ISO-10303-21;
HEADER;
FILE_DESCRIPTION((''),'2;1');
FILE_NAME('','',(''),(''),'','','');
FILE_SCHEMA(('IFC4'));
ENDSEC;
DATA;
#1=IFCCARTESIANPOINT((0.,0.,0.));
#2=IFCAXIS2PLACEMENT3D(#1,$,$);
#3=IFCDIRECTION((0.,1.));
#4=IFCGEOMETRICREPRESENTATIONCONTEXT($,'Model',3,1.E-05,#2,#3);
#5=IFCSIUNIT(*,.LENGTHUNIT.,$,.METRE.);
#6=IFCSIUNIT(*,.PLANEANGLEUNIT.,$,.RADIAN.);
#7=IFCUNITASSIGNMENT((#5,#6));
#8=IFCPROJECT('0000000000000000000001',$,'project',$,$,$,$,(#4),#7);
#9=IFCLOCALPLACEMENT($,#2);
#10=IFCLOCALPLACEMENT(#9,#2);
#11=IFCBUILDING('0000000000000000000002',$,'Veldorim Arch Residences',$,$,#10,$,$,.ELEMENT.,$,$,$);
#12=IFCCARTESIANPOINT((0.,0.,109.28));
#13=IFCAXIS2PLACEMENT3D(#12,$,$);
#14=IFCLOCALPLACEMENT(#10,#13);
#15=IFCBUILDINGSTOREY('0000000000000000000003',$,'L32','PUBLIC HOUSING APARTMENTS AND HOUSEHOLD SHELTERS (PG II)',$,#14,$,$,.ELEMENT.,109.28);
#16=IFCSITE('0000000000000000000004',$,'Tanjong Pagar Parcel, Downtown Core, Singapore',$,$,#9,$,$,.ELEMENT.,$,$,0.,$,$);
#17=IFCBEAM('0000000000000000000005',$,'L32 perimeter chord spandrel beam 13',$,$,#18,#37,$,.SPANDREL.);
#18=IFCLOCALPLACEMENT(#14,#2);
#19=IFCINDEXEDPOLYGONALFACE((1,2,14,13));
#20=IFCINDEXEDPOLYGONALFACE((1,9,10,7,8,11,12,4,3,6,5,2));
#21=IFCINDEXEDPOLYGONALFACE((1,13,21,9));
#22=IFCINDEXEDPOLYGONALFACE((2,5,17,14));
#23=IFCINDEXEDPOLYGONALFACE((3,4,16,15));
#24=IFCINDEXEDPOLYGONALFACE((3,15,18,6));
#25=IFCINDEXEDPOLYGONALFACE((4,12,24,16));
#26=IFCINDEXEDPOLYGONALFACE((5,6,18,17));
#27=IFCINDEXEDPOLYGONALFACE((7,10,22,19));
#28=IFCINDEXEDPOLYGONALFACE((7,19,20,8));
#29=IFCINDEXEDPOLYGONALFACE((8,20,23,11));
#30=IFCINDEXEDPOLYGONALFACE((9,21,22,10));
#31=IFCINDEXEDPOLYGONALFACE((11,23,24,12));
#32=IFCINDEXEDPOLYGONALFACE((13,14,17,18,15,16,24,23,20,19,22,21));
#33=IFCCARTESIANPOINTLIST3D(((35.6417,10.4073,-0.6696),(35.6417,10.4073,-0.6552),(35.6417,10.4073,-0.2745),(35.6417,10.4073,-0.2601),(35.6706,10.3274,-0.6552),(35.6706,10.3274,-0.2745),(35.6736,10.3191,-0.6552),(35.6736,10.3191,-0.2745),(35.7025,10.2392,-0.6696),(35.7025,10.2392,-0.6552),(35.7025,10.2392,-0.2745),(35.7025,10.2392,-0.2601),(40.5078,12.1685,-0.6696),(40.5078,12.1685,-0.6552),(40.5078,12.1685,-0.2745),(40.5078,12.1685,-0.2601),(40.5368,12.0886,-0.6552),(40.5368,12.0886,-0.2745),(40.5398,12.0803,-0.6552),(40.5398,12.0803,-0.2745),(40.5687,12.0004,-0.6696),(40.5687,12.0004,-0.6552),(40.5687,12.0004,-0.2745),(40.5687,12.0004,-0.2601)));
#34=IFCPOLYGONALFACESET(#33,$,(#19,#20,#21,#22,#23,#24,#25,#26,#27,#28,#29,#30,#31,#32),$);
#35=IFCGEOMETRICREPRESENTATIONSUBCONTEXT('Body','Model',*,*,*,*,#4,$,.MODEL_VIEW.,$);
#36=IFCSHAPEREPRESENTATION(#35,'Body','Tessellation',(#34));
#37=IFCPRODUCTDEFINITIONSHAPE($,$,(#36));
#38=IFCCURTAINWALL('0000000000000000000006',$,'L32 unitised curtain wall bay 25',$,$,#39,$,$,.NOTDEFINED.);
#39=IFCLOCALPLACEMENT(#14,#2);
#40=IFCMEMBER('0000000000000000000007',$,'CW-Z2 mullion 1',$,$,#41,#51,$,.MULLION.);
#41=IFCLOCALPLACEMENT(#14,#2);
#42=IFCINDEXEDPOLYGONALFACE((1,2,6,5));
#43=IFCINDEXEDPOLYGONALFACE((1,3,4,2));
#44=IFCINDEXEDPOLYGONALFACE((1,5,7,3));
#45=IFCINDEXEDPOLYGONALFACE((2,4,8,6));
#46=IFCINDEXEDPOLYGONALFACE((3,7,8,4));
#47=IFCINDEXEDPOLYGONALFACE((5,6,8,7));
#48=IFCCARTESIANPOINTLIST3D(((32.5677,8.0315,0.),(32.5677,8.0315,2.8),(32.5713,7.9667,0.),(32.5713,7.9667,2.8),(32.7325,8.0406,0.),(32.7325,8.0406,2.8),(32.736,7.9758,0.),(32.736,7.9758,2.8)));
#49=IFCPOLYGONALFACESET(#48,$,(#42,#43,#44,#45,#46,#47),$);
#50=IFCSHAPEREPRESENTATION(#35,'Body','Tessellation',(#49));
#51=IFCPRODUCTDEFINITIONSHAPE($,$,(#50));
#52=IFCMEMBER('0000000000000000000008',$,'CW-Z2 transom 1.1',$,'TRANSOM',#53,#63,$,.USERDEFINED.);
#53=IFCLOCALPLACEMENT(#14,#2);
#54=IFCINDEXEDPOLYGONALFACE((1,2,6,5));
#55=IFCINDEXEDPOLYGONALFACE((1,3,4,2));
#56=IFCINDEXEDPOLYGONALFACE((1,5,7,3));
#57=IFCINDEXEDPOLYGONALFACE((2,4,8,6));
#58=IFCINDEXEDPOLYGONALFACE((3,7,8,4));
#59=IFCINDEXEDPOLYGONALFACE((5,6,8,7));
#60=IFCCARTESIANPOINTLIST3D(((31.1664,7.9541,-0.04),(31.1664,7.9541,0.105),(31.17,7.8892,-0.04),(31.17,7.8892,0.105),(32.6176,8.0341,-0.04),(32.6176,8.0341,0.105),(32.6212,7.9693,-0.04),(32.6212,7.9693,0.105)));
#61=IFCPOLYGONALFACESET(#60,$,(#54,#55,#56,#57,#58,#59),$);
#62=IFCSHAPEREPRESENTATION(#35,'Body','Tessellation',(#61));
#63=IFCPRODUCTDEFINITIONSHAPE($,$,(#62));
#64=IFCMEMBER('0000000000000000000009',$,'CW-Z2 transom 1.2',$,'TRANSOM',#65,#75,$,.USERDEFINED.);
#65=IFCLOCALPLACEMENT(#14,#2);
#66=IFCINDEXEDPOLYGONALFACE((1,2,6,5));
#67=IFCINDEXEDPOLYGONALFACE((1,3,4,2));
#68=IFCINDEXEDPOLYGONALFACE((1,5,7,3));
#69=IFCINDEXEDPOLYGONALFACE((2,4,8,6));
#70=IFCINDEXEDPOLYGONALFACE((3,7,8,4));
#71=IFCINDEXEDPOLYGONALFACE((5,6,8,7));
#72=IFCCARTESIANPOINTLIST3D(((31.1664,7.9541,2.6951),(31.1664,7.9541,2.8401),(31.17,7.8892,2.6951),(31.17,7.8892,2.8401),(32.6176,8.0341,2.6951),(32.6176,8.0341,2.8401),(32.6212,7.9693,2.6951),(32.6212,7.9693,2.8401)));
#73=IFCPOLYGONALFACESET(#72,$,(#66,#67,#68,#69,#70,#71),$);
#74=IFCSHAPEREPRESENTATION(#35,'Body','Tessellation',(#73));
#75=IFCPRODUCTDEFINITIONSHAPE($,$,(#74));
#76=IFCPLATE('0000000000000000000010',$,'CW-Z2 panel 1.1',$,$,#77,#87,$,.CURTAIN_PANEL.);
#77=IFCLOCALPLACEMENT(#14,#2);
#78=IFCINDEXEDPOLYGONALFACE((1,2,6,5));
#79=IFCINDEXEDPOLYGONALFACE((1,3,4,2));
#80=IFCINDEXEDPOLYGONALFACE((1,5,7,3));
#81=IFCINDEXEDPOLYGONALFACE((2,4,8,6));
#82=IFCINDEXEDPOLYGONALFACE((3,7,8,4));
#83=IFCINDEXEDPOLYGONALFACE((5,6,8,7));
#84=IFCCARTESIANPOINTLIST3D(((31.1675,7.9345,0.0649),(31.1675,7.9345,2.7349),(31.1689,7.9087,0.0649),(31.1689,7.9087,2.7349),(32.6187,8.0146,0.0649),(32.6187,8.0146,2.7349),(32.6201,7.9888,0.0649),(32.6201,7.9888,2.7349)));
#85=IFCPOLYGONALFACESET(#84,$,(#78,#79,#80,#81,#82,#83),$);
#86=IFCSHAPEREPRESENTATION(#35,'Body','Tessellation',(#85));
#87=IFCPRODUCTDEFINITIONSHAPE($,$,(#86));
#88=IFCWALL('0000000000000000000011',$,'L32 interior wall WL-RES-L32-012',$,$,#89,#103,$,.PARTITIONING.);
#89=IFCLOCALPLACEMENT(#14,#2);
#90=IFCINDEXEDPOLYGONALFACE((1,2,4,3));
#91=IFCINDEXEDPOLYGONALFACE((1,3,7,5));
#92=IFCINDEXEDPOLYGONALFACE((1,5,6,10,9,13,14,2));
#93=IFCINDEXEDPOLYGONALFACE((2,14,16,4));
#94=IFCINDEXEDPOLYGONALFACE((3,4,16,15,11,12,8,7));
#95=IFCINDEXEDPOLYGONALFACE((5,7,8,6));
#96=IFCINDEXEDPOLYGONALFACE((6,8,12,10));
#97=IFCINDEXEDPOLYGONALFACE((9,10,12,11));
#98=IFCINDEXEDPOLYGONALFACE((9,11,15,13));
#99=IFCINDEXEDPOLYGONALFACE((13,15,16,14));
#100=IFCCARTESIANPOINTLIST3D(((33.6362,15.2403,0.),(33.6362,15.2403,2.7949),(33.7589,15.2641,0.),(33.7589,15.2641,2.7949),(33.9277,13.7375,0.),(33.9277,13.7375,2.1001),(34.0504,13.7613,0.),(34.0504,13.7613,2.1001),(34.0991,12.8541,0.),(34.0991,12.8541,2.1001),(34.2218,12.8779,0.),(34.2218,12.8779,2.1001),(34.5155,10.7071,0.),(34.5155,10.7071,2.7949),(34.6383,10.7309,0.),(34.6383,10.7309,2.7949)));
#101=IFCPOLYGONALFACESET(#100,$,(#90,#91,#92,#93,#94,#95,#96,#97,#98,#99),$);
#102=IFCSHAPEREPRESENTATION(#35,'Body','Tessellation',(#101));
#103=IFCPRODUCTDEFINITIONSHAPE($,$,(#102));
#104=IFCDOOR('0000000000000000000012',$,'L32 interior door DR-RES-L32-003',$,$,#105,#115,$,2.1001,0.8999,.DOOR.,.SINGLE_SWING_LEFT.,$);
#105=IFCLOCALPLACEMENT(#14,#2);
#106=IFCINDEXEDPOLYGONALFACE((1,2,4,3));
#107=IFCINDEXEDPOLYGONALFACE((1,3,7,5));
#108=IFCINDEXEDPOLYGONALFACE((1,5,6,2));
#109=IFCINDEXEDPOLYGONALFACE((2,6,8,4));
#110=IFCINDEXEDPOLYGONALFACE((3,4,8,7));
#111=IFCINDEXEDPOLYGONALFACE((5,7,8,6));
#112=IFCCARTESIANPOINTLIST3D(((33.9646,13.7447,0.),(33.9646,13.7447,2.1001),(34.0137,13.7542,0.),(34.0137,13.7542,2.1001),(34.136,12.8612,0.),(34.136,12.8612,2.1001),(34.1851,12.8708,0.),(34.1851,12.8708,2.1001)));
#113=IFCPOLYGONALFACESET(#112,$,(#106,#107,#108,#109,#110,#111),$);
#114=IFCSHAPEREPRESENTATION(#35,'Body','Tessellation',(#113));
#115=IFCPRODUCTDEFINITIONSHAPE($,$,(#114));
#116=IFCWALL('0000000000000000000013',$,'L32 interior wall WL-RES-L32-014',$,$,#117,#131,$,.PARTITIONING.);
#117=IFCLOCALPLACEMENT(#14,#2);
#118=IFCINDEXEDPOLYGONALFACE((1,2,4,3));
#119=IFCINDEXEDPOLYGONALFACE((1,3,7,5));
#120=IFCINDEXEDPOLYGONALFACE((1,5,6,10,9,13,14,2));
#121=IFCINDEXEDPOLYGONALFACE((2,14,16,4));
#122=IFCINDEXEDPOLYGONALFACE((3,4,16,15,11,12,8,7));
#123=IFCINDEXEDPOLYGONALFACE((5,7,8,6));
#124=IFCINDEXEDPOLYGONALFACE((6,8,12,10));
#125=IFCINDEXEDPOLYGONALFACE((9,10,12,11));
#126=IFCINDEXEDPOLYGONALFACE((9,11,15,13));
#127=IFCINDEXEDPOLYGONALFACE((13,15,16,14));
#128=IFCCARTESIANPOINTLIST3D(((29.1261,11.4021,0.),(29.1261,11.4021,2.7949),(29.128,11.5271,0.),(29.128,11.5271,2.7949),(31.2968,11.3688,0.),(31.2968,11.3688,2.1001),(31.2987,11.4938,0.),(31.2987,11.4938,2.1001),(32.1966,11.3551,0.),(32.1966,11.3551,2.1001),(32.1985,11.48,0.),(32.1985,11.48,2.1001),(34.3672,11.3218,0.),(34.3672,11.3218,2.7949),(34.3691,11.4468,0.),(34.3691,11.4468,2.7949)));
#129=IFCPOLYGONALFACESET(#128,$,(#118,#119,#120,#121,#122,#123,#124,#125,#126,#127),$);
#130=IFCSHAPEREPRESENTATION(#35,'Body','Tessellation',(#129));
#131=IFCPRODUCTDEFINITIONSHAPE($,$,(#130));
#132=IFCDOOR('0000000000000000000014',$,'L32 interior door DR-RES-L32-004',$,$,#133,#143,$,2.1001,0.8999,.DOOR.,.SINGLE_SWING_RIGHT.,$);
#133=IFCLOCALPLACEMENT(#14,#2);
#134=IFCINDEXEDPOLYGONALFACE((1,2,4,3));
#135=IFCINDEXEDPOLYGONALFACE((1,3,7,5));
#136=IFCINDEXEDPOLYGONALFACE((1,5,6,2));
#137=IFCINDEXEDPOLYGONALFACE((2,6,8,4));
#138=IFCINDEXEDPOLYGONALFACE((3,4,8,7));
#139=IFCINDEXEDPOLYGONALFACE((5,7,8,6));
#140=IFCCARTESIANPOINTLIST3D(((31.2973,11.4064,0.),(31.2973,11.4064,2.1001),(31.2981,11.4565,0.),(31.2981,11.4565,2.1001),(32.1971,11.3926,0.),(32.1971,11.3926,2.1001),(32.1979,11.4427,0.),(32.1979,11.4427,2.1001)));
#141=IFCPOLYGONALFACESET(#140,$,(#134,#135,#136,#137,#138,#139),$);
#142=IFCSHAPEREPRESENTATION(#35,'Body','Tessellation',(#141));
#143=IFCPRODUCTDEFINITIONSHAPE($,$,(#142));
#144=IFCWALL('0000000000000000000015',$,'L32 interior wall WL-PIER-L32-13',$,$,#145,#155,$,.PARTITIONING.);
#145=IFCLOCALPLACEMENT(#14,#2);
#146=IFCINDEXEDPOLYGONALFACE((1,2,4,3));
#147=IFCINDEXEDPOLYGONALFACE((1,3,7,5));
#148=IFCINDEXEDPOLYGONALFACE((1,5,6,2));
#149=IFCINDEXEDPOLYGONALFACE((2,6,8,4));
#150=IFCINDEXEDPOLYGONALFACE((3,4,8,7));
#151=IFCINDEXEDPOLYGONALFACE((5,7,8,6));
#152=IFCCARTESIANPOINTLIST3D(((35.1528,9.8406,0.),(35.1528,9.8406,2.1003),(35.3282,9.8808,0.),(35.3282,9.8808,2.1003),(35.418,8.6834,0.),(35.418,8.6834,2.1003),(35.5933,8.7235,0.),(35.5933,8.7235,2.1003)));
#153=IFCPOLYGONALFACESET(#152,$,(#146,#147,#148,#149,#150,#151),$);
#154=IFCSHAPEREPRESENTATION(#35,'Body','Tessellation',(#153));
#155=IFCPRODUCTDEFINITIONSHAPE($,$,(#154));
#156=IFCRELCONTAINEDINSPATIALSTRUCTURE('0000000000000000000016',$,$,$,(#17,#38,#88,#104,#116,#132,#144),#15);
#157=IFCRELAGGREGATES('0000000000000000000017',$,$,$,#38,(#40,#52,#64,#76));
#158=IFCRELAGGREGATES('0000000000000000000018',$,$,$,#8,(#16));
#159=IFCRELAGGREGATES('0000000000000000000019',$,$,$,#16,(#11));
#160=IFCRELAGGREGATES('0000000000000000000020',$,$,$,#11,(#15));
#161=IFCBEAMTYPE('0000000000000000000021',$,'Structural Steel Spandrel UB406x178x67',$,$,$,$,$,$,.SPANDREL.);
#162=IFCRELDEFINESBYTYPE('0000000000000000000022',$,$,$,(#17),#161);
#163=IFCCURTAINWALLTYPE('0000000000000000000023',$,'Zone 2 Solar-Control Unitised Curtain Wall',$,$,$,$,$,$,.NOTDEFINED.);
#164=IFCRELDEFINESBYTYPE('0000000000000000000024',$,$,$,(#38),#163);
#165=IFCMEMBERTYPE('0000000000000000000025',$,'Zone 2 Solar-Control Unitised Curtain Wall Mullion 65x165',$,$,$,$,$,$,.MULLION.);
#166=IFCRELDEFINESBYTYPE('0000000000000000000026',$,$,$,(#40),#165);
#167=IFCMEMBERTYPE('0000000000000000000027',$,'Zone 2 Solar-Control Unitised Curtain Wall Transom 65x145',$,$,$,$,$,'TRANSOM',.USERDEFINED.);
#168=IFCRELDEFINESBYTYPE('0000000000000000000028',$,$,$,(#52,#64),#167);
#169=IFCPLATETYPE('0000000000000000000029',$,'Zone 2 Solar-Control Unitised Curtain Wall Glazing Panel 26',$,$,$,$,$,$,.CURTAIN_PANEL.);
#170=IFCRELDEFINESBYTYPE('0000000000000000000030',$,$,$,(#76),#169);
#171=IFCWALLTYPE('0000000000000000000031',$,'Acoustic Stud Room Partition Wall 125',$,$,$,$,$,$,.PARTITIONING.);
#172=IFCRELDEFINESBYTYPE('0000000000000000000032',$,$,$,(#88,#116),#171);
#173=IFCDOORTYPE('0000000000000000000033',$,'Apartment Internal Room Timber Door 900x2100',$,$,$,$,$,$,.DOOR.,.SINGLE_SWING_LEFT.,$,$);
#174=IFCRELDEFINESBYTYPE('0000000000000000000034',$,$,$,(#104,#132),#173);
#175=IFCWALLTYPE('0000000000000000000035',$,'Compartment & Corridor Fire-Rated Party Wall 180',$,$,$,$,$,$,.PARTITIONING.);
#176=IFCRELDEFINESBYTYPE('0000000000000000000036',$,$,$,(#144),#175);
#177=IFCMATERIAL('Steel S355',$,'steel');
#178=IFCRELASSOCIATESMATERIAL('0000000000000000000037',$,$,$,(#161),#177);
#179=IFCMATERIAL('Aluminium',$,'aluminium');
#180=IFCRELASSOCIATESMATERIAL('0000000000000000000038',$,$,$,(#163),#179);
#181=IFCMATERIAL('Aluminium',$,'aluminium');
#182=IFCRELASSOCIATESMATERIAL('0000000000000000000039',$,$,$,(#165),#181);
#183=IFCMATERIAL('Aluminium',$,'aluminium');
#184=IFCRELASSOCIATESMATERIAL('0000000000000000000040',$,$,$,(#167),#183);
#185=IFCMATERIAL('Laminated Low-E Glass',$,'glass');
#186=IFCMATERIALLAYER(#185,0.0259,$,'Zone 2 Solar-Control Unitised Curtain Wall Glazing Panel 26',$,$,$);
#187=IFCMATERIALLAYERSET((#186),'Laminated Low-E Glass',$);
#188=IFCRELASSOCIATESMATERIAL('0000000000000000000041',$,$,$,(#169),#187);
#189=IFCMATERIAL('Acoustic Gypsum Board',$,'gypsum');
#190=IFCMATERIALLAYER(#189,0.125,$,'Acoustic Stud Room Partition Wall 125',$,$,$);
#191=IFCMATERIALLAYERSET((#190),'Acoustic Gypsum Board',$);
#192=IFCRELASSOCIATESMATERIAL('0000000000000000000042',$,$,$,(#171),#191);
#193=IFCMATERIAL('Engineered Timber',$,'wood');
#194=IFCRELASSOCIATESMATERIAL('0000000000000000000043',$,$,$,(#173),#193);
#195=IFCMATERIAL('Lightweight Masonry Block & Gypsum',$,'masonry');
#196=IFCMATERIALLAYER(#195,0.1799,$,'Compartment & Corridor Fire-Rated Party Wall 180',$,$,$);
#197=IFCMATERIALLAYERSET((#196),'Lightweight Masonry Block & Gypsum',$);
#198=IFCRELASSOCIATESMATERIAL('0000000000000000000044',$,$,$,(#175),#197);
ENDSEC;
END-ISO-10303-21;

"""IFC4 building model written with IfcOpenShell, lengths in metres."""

from ifc_helpers import new_model, si_unit, direction, frame, frame_2d, origin, origin_2d, place, context, subcontext, project, spatial, rectangle, i_section, extrude, material, layer, layer_set, material_profile, profile_set, type_object, element, fill, aggregate, save


model = new_model("IFC4")

# Units and contexts
model_context = context("Model", 3, precision=1e-05, world=origin(), true_north=direction((0.0, 1.0)))
body_context = subcontext(model_context, "Body", "Model", "MODEL_VIEW")
ifc_project = project(units=[si_unit("LENGTHUNIT", "METRE"), si_unit("PLANEANGLEUNIT", "RADIAN")], contexts=[model_context])

# Site, building, storey
site_placement = place(None, origin())
site = spatial("IfcSite", under=ifc_project, at=site_placement, Name="Tanjong Pagar Parcel, Downtown Core, Singapore", CompositionType="ELEMENT", RefElevation=0.0)
building_placement = place(site_placement, origin())
building = spatial("IfcBuilding", under=site, at=building_placement, Name="Veldorim Arch Residences", CompositionType="ELEMENT")
storey_placement = place(building_placement, frame((0.0, 0.0, 109.28)))
storey = spatial("IfcBuildingStorey", under=building, at=storey_placement, Name="L32", Description="PUBLIC HOUSING APARTMENTS AND HOUSEHOLD SHELTERS (PG II)", CompositionType="ELEMENT", Elevation=109.28)

# Beam
ifc_material_1 = material(Name="Steel S355", Category="steel")
ifc_material_profile_1 = material_profile(ifc_material_1, i_section(OverallWidth=0.1787, OverallDepth=0.4094, WebThickness=0.0088, FlangeThickness=0.0144, at=origin_2d()), Name="UB406x178x67")
ifc_profile_set_1 = profile_set([ifc_material_profile_1], Name="Steel S355")
beam_type_1 = type_object("IfcBeamType", Name="Structural Steel Spandrel UB406x178x67", PredefinedType="SPANDREL", material=ifc_profile_set_1)
beam_1_placement = place(storey_placement, frame((35.6721, 10.3232, -0.4648), z_axis=(0.940308, 0.340326, 0.0), x_axis=(-0.340326, 0.940308, 0.0)))
element("IfcBeam", 1, at=beam_1_placement, inside=storey, type_object=beam_type_1, Name="L32 perimeter chord spandrel beam 13", PredefinedType="SPANDREL", context=body_context, shape_type="SweptSolid", body=[
    extrude(i_section(OverallWidth=0.1787, OverallDepth=0.4094, WebThickness=0.0088, FlangeThickness=0.0144, at=origin_2d()), origin(), (0.0, 0.0, 1.0), 5.175),
])

# Curtain wall, members, plate
ifc_material_2 = material(Name="Aluminium", Category="aluminium")
curtain_wall_type = type_object("IfcCurtainWallType", Name="Zone 2 Solar-Control Unitised Curtain Wall", PredefinedType="NOTDEFINED", material=ifc_material_2)
curtain_wall_placement = place(storey_placement, origin())
curtain_wall = element("IfcCurtainWall", 2, at=curtain_wall_placement, inside=storey, type_object=curtain_wall_type, Name="L32 unitised curtain wall bay 25", PredefinedType="NOTDEFINED")
ifc_material_3 = material(Name="Aluminium", Category="aluminium")
ifc_material_profile_2 = material_profile(ifc_material_3, rectangle(XDim=0.0649, YDim=0.165, at=origin_2d()), Name="ALU_MUL_65x165")
ifc_profile_set_2 = profile_set([ifc_material_profile_2], Name="Aluminium")
member_type_1 = type_object("IfcMemberType", Name="Zone 2 Solar-Control Unitised Curtain Wall Mullion 65x165", PredefinedType="MULLION", material=ifc_profile_set_2)
member_1_placement = place(storey_placement, frame((32.6519, 8.0037, 0.0), z_axis=(0.0, 0.0, 1.0), x_axis=(0.055127, -0.998479, 0.0)))
member_1 = element("IfcMember", 3, at=member_1_placement, type_object=member_type_1, Name="CW-Z2 mullion 1", PredefinedType="MULLION", context=body_context, shape_type="SweptSolid", body=[
    extrude(rectangle(XDim=0.0649, YDim=0.165, at=origin_2d()), origin(), (0.0, 0.0, 1.0), 2.8),
])
ifc_material_4 = material(Name="Aluminium", Category="aluminium")
ifc_material_profile_3 = material_profile(ifc_material_4, rectangle(XDim=0.0649, YDim=0.145, at=origin_2d()), Name="ALU_TRN_65x145")
ifc_profile_set_3 = profile_set([ifc_material_profile_3], Name="Aluminium")
member_type_2 = type_object("IfcMemberType", Name="Zone 2 Solar-Control Unitised Curtain Wall Transom 65x145", ElementType="TRANSOM", PredefinedType="USERDEFINED", material=ifc_profile_set_3)
member_2_placement = place(storey_placement, frame((32.6194, 8.0017, 0.0325), z_axis=(-0.998481, -0.055098, 0.0), x_axis=(0.055098, -0.998481, 0.0)))
member_2 = element("IfcMember", 4, at=member_2_placement, type_object=member_type_2, Name="CW-Z2 transom 1.1", ObjectType="TRANSOM", PredefinedType="USERDEFINED", context=body_context, shape_type="SweptSolid", body=[
    extrude(rectangle(XDim=0.0649, YDim=0.145, at=origin_2d()), origin(), (0.0, 0.0, 1.0), 1.4534),
])
member_3_placement = place(storey_placement, frame((32.6194, 8.0017, 2.7676), z_axis=(-0.998481, -0.055098, 0.0), x_axis=(0.055098, -0.998481, 0.0)))
member_3 = element("IfcMember", 5, at=member_3_placement, type_object=member_type_2, Name="CW-Z2 transom 1.2", ObjectType="TRANSOM", PredefinedType="USERDEFINED", context=body_context, shape_type="SweptSolid", body=[
    extrude(rectangle(XDim=0.0649, YDim=0.145, at=origin_2d()), origin(), (0.0, 0.0, 1.0), 1.4534),
])
ifc_material_5 = material(Name="Laminated Low-E Glass", Category="glass")
ifc_layer_1 = layer(ifc_material_5, 0.0259, Name="Zone 2 Solar-Control Unitised Curtain Wall Glazing Panel 26")
ifc_layer_set_1 = layer_set([ifc_layer_1], Name="Laminated Low-E Glass")
plate_type = type_object("IfcPlateType", Name="Zone 2 Solar-Control Unitised Curtain Wall Glazing Panel 26", PredefinedType="CURTAIN_PANEL", material=ifc_layer_set_1)
plate_placement = place(storey_placement, frame((31.8938, 7.9617, 0.0649), z_axis=(0.0, 0.0, 1.0), x_axis=(-0.998479, -0.055127, 0.0)))
plate = element("IfcPlate", 6, at=plate_placement, type_object=plate_type, Name="CW-Z2 panel 1.1", PredefinedType="CURTAIN_PANEL", context=body_context, shape_type="SweptSolid", body=[
    extrude(rectangle(XDim=1.4534, YDim=0.0259, at=origin_2d()), origin(), (0.0, 0.0, 1.0), 2.6699),
])
aggregate(curtain_wall, [member_1, member_2, member_3, plate])

# Walls, openings, doors
ifc_material_6 = material(Name="Acoustic Gypsum Board", Category="gypsum")
ifc_layer_2 = layer(ifc_material_6, 0.125, Name="Acoustic Stud Room Partition Wall 125")
ifc_layer_set_2 = layer_set([ifc_layer_2], Name="Acoustic Gypsum Board")
wall_type_1 = type_object("IfcWallType", Name="Acoustic Stud Room Partition Wall 125", PredefinedType="PARTITIONING", material=ifc_layer_set_2)
wall_1_placement = place(storey_placement, frame((34.5769, 10.719, 0.0), z_axis=(0.0, 0.0, 1.0), x_axis=(-0.190439, 0.981699, 0.0)))
wall_1 = element("IfcWall", 7, at=wall_1_placement, inside=storey, type_object=wall_type_1, Name="L32 interior wall WL-RES-L32-012", PredefinedType="PARTITIONING", context=body_context, shape_type="SweptSolid", body=[
    extrude(rectangle(XDim=4.6177, YDim=0.125, at=frame_2d((2.3088, 0.0))), origin(), (0.0, 0.0, 1.0), 2.7949),
])
opening_1_placement = place(wall_1_placement, frame((2.187, 0.0, 0.0)))
opening_1 = element("IfcOpeningElement", 8, at=opening_1_placement, cuts=wall_1, PredefinedType="OPENING", context=body_context, shape_type="SweptSolid", body=[
    extrude(rectangle(XDim=0.8999, YDim=2.1001, at=frame_2d((0.45, 1.05))), frame((0.0, 0.0725, 0.0), z_axis=(0.0, -1.0, 0.0), x_axis=(1.0, 0.0, 0.0)), (0.0, 0.0, 1.0), 0.145),
])
ifc_material_7 = material(Name="Engineered Timber", Category="wood")
door_type_1 = type_object("IfcDoorType", Name="Apartment Internal Room Timber Door 900x2100", OperationType="SINGLE_SWING_LEFT", PredefinedType="DOOR", material=ifc_material_7)
door_1_placement = place(opening_1_placement, origin())
door_1 = element("IfcDoor", 9, at=door_1_placement, inside=storey, type_object=door_type_1, Name="L32 interior door DR-RES-L32-003", OperationType="SINGLE_SWING_LEFT", OverallHeight=2.1001, OverallWidth=0.8999, PredefinedType="DOOR", context=body_context, shape_type="SweptSolid", body=[
    extrude(rectangle(XDim=0.8999, YDim=2.1001, at=frame_2d((0.45, 1.05))), frame((0.0, 0.0249, 0.0), z_axis=(0.0, -1.0, 0.0), x_axis=(1.0, 0.0, 0.0)), (0.0, 0.0, 1.0), 0.05),
])
fill(opening_1, door_1)
wall_2_placement = place(storey_placement, frame((34.3682, 11.3843, 0.0), z_axis=(0.0, 0.0, 1.0), x_axis=(-0.999883, 0.015324, 0.0)))
wall_2 = element("IfcWall", 10, at=wall_2_placement, inside=storey, type_object=wall_type_1, Name="L32 interior wall WL-RES-L32-014", PredefinedType="PARTITIONING", context=body_context, shape_type="SweptSolid", body=[
    extrude(rectangle(XDim=5.2417, YDim=0.125, at=frame_2d((2.6208, 0.0))), origin(), (0.0, 0.0, 1.0), 2.7949),
])
opening_2_placement = place(wall_2_placement, frame((2.1709, 0.0, 0.0)))
opening_2 = element("IfcOpeningElement", 11, at=opening_2_placement, cuts=wall_2, PredefinedType="OPENING", context=body_context, shape_type="SweptSolid", body=[
    extrude(rectangle(XDim=0.8999, YDim=2.1001, at=frame_2d((0.45, 1.05))), frame((0.0, 0.0725, 0.0), z_axis=(0.0, -1.0, 0.0), x_axis=(1.0, 0.0, 0.0)), (0.0, 0.0, 1.0), 0.145),
])
door_2_placement = place(opening_2_placement, origin())
door_2 = element("IfcDoor", 12, at=door_2_placement, inside=storey, type_object=door_type_1, Name="L32 interior door DR-RES-L32-004", OperationType="SINGLE_SWING_RIGHT", OverallHeight=2.1001, OverallWidth=0.8999, PredefinedType="DOOR", context=body_context, shape_type="SweptSolid", body=[
    extrude(rectangle(XDim=0.8999, YDim=2.1001, at=frame_2d((0.45, 1.05))), frame((0.0, 0.0249, 0.0), z_axis=(0.0, -1.0, 0.0), x_axis=(1.0, 0.0, 0.0)), (0.0, 0.0, 1.0), 0.05),
])
fill(opening_2, door_2)

# Wall
ifc_material_8 = material(Name="Lightweight Masonry Block & Gypsum", Category="masonry")
ifc_layer_3 = layer(ifc_material_8, 0.1799, Name="Compartment & Corridor Fire-Rated Party Wall 180")
ifc_layer_set_3 = layer_set([ifc_layer_3], Name="Lightweight Masonry Block & Gypsum")
wall_type_2 = type_object("IfcWallType", Name="Compartment & Corridor Fire-Rated Party Wall 180", PredefinedType="PARTITIONING", material=ifc_layer_set_3)
wall_3_placement = place(storey_placement, frame((35.2405, 9.8608, 0.0), z_axis=(0.0, 0.0, 1.0), x_axis=(0.223327, -0.974744, 0.0)))
element("IfcWall", 13, at=wall_3_placement, inside=storey, type_object=wall_type_2, Name="L32 interior wall WL-PIER-L32-13", PredefinedType="PARTITIONING", context=body_context, shape_type="SweptSolid", body=[
    extrude(rectangle(XDim=1.1873, YDim=0.1799, at=frame_2d((0.5938, 0.0))), origin(), (0.0, 0.0, 1.0), 2.1003),
])

save(model, "model.ifc")
